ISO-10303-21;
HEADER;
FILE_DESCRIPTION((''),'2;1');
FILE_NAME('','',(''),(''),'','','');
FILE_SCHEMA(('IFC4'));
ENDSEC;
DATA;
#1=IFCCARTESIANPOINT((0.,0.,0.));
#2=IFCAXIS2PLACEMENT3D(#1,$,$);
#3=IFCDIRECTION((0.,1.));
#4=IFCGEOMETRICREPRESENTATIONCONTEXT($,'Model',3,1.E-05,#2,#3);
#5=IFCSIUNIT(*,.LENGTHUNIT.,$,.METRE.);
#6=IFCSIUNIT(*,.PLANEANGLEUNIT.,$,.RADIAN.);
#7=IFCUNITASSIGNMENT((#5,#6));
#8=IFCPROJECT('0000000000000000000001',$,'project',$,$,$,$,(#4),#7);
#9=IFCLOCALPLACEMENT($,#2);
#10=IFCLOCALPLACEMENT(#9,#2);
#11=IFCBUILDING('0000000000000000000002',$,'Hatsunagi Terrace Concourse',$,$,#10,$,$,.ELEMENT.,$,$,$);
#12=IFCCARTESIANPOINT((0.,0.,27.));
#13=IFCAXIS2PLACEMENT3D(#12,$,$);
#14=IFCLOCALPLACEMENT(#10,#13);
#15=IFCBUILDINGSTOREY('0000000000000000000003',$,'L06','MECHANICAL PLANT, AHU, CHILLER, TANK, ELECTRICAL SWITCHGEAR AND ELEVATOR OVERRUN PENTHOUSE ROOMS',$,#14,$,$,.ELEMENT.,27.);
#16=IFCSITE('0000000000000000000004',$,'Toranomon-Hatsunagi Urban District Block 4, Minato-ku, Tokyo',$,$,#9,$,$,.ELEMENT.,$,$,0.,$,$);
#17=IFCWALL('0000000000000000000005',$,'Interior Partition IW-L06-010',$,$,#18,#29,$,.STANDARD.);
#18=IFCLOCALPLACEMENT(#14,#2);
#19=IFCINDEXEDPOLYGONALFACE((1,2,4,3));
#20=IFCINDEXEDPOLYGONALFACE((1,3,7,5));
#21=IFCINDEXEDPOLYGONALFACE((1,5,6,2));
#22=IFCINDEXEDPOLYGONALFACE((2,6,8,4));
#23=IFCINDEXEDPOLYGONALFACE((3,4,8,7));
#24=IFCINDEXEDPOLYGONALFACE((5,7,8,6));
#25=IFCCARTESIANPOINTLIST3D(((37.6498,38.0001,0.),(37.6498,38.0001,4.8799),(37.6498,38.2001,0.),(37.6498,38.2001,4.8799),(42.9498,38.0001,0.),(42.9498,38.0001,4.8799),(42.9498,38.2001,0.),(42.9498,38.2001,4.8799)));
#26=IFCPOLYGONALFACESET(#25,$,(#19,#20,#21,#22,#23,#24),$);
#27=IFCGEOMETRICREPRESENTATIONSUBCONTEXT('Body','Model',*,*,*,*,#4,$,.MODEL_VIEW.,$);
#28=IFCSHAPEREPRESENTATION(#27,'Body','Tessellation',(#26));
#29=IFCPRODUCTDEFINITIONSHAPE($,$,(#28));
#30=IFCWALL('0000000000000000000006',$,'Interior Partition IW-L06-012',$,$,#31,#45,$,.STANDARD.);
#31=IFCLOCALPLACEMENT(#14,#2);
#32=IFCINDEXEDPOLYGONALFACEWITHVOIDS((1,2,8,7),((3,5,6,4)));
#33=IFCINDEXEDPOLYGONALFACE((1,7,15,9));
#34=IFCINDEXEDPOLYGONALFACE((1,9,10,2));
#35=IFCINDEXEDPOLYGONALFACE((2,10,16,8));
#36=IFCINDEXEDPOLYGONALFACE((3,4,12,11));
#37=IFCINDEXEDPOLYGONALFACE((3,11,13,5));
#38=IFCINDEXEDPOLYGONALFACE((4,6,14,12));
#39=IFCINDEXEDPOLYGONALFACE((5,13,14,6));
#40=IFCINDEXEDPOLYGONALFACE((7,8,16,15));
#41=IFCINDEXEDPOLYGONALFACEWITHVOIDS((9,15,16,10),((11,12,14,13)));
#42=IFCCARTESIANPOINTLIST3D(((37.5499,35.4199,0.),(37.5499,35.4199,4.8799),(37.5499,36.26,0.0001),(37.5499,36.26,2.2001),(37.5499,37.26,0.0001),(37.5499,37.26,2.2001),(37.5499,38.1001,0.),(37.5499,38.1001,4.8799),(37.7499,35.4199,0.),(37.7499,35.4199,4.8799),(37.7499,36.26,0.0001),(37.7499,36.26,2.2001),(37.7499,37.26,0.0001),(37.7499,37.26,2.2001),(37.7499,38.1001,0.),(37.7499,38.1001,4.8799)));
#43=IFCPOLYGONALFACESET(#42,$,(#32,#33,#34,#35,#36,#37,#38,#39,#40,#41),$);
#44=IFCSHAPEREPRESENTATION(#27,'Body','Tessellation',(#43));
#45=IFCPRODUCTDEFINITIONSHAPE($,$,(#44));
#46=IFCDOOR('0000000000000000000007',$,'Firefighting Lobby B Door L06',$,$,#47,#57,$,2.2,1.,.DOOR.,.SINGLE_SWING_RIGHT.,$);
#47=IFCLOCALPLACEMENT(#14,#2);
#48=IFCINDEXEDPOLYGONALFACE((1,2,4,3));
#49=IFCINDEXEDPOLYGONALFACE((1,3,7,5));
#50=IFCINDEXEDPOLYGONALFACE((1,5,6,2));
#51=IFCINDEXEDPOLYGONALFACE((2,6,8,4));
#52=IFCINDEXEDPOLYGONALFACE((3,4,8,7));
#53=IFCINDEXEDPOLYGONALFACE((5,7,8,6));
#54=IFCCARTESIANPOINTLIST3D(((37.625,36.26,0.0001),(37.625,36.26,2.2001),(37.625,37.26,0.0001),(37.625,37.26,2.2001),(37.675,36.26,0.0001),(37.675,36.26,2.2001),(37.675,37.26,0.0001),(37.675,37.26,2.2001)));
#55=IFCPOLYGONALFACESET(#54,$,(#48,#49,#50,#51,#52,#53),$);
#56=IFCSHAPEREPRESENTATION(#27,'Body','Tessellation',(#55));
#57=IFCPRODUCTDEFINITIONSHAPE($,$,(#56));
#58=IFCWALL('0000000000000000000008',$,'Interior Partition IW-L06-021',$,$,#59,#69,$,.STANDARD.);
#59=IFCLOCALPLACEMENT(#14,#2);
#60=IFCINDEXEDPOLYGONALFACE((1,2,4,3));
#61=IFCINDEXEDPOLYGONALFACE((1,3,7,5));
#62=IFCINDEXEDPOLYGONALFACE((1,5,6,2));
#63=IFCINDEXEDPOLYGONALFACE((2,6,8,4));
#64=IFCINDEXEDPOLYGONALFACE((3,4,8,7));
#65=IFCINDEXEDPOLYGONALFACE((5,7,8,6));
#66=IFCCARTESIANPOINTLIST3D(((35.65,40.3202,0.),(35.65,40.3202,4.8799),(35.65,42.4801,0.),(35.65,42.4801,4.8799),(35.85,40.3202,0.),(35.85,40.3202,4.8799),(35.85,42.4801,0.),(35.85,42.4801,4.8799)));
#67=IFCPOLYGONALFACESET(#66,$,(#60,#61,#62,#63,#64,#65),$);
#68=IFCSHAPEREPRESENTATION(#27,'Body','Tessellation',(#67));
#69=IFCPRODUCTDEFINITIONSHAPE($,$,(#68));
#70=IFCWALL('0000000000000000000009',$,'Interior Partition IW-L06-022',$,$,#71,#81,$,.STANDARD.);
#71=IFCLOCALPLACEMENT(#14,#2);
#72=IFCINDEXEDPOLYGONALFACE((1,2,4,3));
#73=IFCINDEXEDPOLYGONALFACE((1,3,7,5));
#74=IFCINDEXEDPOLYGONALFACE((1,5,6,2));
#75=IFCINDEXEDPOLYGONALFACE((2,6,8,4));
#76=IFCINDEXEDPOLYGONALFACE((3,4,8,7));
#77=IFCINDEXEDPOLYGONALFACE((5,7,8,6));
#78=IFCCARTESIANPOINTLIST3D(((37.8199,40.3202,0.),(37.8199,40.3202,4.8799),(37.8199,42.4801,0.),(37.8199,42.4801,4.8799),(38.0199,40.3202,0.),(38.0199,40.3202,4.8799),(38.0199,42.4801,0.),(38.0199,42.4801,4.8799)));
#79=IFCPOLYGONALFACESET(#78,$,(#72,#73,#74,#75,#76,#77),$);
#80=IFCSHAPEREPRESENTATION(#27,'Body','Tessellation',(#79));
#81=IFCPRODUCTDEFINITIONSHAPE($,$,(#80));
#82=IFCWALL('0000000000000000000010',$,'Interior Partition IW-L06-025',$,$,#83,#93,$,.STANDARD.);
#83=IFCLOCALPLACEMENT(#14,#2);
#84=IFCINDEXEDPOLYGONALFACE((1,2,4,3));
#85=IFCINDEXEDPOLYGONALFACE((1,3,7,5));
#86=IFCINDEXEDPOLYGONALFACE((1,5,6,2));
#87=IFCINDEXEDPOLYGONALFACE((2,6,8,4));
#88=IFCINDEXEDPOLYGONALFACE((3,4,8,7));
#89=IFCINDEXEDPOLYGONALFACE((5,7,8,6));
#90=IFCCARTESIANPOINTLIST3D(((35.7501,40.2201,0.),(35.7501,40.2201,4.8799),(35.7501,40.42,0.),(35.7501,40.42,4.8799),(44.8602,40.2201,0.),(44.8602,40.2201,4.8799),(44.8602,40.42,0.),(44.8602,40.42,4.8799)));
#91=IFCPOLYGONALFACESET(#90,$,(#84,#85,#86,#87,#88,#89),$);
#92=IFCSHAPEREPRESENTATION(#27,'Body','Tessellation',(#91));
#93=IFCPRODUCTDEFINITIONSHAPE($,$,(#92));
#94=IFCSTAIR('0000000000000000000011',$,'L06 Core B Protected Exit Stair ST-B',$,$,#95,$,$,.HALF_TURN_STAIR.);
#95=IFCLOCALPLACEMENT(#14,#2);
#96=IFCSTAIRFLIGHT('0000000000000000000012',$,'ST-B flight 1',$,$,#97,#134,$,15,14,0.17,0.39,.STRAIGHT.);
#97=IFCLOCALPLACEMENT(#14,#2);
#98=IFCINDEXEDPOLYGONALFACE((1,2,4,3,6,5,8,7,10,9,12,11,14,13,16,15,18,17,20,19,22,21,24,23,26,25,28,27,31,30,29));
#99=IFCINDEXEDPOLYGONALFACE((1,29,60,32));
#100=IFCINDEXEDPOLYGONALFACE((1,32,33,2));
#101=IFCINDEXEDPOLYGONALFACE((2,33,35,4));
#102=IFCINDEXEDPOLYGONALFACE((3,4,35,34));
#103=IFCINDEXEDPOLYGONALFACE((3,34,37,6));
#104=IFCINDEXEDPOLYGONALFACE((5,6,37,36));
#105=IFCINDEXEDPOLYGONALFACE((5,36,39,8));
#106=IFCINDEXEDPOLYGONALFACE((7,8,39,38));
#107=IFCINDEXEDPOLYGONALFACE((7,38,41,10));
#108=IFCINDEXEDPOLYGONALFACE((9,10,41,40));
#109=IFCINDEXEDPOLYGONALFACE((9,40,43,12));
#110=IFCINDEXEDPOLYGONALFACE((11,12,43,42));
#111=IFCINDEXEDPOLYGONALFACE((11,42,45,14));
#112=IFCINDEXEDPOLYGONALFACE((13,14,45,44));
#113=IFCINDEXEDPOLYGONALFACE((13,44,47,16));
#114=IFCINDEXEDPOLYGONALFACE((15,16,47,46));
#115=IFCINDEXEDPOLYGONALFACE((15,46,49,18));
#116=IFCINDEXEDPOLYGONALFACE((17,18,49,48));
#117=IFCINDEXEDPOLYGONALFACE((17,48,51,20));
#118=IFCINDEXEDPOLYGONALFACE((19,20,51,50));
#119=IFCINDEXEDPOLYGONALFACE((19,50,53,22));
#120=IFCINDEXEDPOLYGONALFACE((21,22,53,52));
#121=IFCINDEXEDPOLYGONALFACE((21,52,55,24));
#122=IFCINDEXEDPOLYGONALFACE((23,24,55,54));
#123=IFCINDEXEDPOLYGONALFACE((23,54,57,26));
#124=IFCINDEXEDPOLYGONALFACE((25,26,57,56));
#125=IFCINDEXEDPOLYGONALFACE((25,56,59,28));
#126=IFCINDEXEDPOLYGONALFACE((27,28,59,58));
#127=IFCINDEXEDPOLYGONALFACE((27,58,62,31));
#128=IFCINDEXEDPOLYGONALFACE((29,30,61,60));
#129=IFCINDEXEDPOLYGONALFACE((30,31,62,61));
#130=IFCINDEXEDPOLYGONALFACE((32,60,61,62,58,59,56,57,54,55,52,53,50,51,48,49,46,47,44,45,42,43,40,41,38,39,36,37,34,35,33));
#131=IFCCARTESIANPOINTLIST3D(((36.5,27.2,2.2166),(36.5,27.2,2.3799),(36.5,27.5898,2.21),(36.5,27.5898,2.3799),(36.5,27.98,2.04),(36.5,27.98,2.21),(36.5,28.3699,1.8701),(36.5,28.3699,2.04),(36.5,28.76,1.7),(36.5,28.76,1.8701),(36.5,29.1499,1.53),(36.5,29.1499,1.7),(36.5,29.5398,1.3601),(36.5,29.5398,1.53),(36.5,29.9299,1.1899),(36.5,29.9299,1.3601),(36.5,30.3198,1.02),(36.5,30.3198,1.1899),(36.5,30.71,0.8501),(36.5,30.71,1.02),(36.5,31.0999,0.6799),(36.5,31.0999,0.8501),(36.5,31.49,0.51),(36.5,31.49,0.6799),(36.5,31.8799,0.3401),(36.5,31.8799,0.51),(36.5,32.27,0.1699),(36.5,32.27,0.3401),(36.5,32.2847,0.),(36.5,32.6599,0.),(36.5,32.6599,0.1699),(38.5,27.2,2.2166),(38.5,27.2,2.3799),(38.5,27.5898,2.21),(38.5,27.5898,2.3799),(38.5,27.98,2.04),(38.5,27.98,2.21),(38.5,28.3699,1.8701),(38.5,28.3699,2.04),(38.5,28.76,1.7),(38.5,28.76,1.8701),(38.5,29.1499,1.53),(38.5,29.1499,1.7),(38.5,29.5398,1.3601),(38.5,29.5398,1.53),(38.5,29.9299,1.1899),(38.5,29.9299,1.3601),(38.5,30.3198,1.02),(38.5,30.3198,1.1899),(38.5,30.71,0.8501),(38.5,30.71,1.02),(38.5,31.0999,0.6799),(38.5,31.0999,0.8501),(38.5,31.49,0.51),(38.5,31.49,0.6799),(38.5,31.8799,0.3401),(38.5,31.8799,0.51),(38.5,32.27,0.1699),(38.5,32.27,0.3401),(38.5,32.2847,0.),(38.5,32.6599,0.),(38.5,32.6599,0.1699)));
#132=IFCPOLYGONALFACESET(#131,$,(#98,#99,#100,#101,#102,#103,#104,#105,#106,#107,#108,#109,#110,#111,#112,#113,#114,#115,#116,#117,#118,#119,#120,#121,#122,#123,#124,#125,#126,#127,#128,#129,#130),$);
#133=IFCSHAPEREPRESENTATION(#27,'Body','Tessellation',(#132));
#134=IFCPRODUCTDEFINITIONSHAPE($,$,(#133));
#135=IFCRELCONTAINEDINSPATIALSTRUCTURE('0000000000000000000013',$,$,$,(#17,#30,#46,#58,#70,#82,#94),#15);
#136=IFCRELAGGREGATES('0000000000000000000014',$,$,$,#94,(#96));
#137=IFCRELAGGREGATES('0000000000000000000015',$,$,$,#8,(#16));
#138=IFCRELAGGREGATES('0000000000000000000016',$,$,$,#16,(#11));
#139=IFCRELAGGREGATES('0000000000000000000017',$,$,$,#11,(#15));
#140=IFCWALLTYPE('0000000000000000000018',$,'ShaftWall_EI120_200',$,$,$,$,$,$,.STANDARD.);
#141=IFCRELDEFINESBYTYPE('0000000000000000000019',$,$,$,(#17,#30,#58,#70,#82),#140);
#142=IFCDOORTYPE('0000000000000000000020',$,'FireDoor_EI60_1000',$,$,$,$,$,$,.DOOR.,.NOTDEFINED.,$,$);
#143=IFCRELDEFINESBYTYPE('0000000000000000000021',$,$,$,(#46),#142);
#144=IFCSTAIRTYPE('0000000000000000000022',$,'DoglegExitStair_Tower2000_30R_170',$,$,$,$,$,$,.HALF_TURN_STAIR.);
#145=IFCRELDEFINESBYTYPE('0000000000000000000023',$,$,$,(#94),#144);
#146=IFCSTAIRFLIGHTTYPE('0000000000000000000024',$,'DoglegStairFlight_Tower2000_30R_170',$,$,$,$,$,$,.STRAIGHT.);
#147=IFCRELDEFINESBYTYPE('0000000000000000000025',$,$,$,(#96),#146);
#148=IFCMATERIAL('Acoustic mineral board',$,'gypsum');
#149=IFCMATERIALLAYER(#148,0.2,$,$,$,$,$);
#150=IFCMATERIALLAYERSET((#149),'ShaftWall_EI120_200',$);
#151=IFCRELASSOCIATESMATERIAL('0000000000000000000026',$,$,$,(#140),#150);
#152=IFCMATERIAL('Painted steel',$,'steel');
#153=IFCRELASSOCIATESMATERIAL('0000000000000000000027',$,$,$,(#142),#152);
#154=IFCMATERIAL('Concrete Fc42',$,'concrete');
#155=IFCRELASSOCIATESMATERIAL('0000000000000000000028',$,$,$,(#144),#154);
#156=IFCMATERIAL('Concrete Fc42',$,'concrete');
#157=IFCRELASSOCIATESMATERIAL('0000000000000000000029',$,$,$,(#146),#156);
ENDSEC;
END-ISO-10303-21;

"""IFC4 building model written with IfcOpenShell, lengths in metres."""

from ifc_helpers import new_model, si_unit, direction, frame, frame_2d, origin, place, context, subcontext, project, spatial, polyline, rectangle, outline, extrude, material, layer, layer_set, type_object, element, fill, aggregate, save


model = new_model("IFC4")

# Units and contexts
model_context = context("Model", 3, precision=1e-05, world=origin(), true_north=direction((0.0, 1.0)))
body_context = subcontext(model_context, "Body", "Model", "MODEL_VIEW")
ifc_project = project(units=[si_unit("LENGTHUNIT", "METRE"), si_unit("PLANEANGLEUNIT", "RADIAN")], contexts=[model_context])

# Site, building, storey
site_placement = place(None, origin())
site = spatial("IfcSite", under=ifc_project, at=site_placement, Name="Toranomon-Hatsunagi Urban District Block 4, Minato-ku, Tokyo", CompositionType="ELEMENT", RefElevation=0.0)
building_placement = place(site_placement, origin())
building = spatial("IfcBuilding", under=site, at=building_placement, Name="Hatsunagi Terrace Concourse", CompositionType="ELEMENT")
storey_placement = place(building_placement, frame((0.0, 0.0, 27.0)))
storey = spatial("IfcBuildingStorey", under=building, at=storey_placement, Name="L06", Description="MECHANICAL PLANT, AHU, CHILLER, TANK, ELECTRICAL SWITCHGEAR AND ELEVATOR OVERRUN PENTHOUSE ROOMS", CompositionType="ELEMENT", Elevation=27.0)

# Wall
ifc_material_1 = material(Name="Acoustic mineral board", Category="gypsum")
ifc_layer_1 = layer(ifc_material_1, 0.2)
ifc_layer_set_1 = layer_set([ifc_layer_1], Name="ShaftWall_EI120_200")
wall_type_1 = type_object("IfcWallType", Name="ShaftWall_EI120_200", PredefinedType="STANDARD", material=ifc_layer_set_1)
wall_1_placement = place(storey_placement, frame((37.6499, 38.1001, 0.0), z_axis=(0.0, 0.0, 1.0), x_axis=(1.0, 0.0, 0.0)))
element("IfcWall", 1, at=wall_1_placement, inside=storey, type_object=wall_type_1, Name="Interior Partition IW-L06-010", PredefinedType="STANDARD", context=body_context, shape_type="SweptSolid", body=[
    extrude(rectangle(XDim=5.3, YDim=0.2, at=frame_2d((2.6499, 0.0))), origin(), (0.0, 0.0, 1.0), 4.8799),
])

# Wall, opening, door
wall_2_placement = place(storey_placement, frame((37.6499, 35.4199, 0.0), z_axis=(0.0, 0.0, 1.0), x_axis=(0.0, 1.0, 0.0)))
wall_2 = element("IfcWall", 2, at=wall_2_placement, inside=storey, type_object=wall_type_1, Name="Interior Partition IW-L06-012", PredefinedType="STANDARD", context=body_context, shape_type="SweptSolid", body=[
    extrude(rectangle(XDim=2.6802, YDim=0.2, at=frame_2d((1.3401, 0.0))), origin(), (0.0, 0.0, 1.0), 4.8799),
])
opening_1_placement = place(wall_2_placement, frame((0.8401, 0.0, 0.0)))
opening_1 = element("IfcOpeningElement", 3, at=opening_1_placement, cuts=wall_2, PredefinedType="OPENING", context=body_context, shape_type="SweptSolid", body=[
    extrude(rectangle(XDim=1.0, YDim=2.2, at=frame_2d((0.5, 1.1001))), frame((0.0, 0.1099, 0.0), z_axis=(0.0, -1.0, 0.0), x_axis=(1.0, 0.0, 0.0)), (0.0, 0.0, 1.0), 0.22),
])
ifc_material_2 = material(Name="Painted steel", Category="steel")
door_type_1 = type_object("IfcDoorType", Name="FireDoor_EI60_1000", OperationType="NOTDEFINED", PredefinedType="DOOR", material=ifc_material_2)
door_1_placement = place(opening_1_placement, origin())
door_1 = element("IfcDoor", 4, at=door_1_placement, inside=storey, type_object=door_type_1, Name="Firefighting Lobby B Door L06", OperationType="SINGLE_SWING_RIGHT", OverallHeight=2.2, OverallWidth=1.0, PredefinedType="DOOR", context=body_context, shape_type="SweptSolid", body=[
    extrude(rectangle(XDim=1.0, YDim=2.2, at=frame_2d((0.5, 1.1001))), frame((0.0, 0.0249, 0.0), z_axis=(0.0, -1.0, 0.0), x_axis=(1.0, 0.0, 0.0)), (0.0, 0.0, 1.0), 0.05),
])
fill(opening_1, door_1)

# Walls
for number, where, z_axis, x_axis, name in (
    (5, (35.75, 40.3201, 0.0), (0.0, 0.0, 1.0), (0.0, 1.0, 0.0), "Interior Partition IW-L06-021"),
    (6, (37.9199, 40.3201, 0.0), (0.0, 0.0, 1.0), (0.0, 1.0, 0.0), "Interior Partition IW-L06-022"),
):
    element("IfcWall", number, at=place(storey_placement, frame(where, z_axis=z_axis, x_axis=x_axis)), inside=storey, type_object=wall_type_1, Name=name, PredefinedType="STANDARD", context=body_context, shape_type="SweptSolid", body=[
        extrude(rectangle(XDim=2.1599, YDim=0.2, at=frame_2d((1.0801, 0.0))), origin(), (0.0, 0.0, 1.0), 4.8799),
    ])
wall_3_placement = place(storey_placement, frame((35.75, 40.3201, 0.0), z_axis=(0.0, 0.0, 1.0), x_axis=(1.0, 0.0, 0.0)))
element("IfcWall", 7, at=wall_3_placement, inside=storey, type_object=wall_type_1, Name="Interior Partition IW-L06-025", PredefinedType="STANDARD", context=body_context, shape_type="SweptSolid", body=[
    extrude(rectangle(XDim=9.1101, YDim=0.2, at=frame_2d((4.5552, 0.0))), origin(), (0.0, 0.0, 1.0), 4.8799),
])

# Stair, stair flight
ifc_material_3 = material(Name="Concrete Fc42", Category="concrete")
stair_type = type_object("IfcStairType", Name="DoglegExitStair_Tower2000_30R_170", PredefinedType="HALF_TURN_STAIR", material=ifc_material_3)
stair_placement = place(storey_placement, origin())
stair = element("IfcStair", 8, at=stair_placement, inside=storey, type_object=stair_type, Name="L06 Core B Protected Exit Stair ST-B", PredefinedType="HALF_TURN_STAIR")
ifc_material_4 = material(Name="Concrete Fc42", Category="concrete")
stair_flight_type = type_object("IfcStairFlightType", Name="DoglegStairFlight_Tower2000_30R_170", PredefinedType="STRAIGHT", material=ifc_material_4)
stair_flight_placement = place(storey_placement, frame((37.5, 32.6599, 0.0), z_axis=(0.0, 0.0, 1.0), x_axis=(0.0, -1.0, 0.0)))
stair_flight = element("IfcStairFlight", 9, at=stair_flight_placement, type_object=stair_flight_type, Name="ST-B flight 1", NumberOfRisers=15, NumberOfTreads=14, PredefinedType="STRAIGHT", RiserHeight=0.17, TreadLength=0.39, context=body_context, shape_type="SweptSolid", body=[
    extrude(outline(polyline([(0.0, 0.0), (0.0, 0.1699), (0.3899, 0.1699), (0.3899, 0.3401), (0.78, 0.3401), (0.78, 0.51), (1.1699, 0.51), (1.1699, 0.6799), (1.5601, 0.6799), (1.5601, 0.8501), (1.95, 0.8501), (1.95, 1.02), (2.3401, 1.02), (2.3401, 1.1899), (2.73, 1.1899), (2.73, 1.3601), (3.1201, 1.3601), (3.1201, 1.53), (3.51, 1.53), (3.51, 1.7), (3.8999, 1.7), (3.8999, 1.8701), (4.29, 1.8701), (4.29, 2.04), (4.6799, 2.04), (4.6799, 2.21), (5.0701, 2.21), (5.0701, 2.3799), (5.46, 2.3799), (5.46, 2.55), (5.46, 2.2166), (0.3752, 0.0), (0.0, 0.0)])), frame((0.0, 1.0, 0.0), z_axis=(0.0, -1.0, 0.0), x_axis=(1.0, 0.0, 0.0)), (0.0, 0.0, 1.0), 2.0),
])
aggregate(stair, [stair_flight])

save(model, "model.ifc")
